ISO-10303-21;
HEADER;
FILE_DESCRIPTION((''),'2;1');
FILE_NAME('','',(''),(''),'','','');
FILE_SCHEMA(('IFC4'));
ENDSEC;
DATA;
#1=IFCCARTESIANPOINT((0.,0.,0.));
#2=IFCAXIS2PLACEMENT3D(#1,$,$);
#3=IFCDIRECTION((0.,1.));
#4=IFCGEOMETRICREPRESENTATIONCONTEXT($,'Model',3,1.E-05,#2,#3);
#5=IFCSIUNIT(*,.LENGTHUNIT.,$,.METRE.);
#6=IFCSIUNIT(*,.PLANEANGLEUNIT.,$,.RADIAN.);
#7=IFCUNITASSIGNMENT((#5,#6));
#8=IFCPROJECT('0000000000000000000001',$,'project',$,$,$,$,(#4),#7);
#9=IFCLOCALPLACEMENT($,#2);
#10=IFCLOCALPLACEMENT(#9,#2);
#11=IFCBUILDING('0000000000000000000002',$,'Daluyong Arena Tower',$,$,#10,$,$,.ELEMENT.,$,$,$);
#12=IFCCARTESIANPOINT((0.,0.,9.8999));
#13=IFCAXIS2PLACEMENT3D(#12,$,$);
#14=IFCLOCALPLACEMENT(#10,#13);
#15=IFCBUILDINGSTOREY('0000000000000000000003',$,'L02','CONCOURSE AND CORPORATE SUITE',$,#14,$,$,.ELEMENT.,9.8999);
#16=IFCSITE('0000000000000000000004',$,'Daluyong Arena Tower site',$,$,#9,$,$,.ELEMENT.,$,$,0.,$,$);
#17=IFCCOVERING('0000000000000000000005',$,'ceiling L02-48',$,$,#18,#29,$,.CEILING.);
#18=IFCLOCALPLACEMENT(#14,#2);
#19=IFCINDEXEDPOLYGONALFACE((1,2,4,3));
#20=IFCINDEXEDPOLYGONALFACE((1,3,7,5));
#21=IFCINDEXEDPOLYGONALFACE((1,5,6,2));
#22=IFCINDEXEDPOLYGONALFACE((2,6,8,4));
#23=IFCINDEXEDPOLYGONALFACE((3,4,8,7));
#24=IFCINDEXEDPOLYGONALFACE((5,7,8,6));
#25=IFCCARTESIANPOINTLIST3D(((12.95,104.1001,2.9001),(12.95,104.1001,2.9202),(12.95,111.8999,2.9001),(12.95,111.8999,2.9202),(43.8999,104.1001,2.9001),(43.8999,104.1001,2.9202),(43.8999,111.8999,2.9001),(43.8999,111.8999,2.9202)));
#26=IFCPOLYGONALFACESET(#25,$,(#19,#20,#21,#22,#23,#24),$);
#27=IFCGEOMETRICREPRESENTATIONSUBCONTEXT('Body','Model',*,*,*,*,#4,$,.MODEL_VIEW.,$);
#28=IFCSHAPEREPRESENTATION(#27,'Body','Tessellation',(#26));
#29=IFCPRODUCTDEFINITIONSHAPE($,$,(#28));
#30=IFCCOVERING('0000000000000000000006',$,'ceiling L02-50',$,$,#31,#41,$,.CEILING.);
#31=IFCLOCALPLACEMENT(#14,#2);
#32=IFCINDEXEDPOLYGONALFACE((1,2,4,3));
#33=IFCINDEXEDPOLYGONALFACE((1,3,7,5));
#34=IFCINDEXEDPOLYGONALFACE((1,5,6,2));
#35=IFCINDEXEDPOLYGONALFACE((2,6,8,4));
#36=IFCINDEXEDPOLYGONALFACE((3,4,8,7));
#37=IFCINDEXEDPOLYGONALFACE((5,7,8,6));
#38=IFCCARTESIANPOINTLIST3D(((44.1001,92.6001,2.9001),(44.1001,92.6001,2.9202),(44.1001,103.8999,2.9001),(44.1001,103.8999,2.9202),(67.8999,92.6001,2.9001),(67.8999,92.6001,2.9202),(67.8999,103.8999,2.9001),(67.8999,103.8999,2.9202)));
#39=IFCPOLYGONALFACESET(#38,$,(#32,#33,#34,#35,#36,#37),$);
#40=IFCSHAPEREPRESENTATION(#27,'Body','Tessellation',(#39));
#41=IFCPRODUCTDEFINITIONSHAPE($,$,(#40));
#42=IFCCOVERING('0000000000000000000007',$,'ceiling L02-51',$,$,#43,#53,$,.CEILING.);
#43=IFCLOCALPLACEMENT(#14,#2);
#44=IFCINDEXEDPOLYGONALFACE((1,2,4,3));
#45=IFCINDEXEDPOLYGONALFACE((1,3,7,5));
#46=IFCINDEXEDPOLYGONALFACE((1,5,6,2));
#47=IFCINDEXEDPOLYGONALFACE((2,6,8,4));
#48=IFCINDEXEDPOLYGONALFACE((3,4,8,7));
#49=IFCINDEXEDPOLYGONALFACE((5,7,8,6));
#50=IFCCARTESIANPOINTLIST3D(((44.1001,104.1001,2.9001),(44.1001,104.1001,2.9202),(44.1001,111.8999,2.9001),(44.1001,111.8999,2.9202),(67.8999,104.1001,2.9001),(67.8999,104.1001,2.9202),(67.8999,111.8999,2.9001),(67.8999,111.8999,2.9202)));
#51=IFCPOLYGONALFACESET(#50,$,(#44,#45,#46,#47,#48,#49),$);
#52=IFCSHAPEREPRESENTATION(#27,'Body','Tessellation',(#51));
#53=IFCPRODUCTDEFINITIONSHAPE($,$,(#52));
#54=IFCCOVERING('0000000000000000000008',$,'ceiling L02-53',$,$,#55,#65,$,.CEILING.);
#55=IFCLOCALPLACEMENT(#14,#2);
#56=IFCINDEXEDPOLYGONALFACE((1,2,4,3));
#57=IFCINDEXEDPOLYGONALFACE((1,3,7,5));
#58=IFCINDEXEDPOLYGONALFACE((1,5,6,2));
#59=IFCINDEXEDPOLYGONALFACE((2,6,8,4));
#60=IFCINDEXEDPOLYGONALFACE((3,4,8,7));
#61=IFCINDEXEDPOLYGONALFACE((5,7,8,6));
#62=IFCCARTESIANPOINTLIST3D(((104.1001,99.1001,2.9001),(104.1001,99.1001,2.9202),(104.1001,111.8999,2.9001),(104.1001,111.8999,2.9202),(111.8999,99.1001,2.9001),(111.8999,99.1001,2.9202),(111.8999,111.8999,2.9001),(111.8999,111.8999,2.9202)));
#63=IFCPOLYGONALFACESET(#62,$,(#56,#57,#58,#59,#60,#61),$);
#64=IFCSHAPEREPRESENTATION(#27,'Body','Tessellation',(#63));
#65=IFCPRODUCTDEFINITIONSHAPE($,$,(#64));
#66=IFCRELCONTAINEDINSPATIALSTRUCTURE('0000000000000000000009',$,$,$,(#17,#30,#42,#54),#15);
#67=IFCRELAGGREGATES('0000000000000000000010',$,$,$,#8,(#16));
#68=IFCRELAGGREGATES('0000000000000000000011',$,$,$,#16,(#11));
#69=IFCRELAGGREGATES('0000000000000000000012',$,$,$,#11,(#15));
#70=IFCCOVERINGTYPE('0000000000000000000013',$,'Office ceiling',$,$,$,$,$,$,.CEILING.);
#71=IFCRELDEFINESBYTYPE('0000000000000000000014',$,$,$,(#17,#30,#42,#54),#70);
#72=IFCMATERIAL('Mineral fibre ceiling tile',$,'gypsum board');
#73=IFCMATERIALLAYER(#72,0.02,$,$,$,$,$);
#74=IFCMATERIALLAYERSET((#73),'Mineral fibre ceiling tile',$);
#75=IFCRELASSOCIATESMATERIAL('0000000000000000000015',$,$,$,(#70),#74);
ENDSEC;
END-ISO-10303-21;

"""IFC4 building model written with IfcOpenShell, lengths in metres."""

from ifc_helpers import new_model, si_unit, direction, frame, origin, place, context, subcontext, project, spatial, polyline, outline, extrude, material, layer, layer_set, type_object, element, save


model = new_model("IFC4")

# Units and contexts
model_context = context("Model", 3, precision=1e-05, world=origin(), true_north=direction((0.0, 1.0)))
body_context = subcontext(model_context, "Body", "Model", "MODEL_VIEW")
ifc_project = project(units=[si_unit("LENGTHUNIT", "METRE"), si_unit("PLANEANGLEUNIT", "RADIAN")], contexts=[model_context])

# Site, building, storey
site_placement = place(None, origin())
site = spatial("IfcSite", under=ifc_project, at=site_placement, Name="Daluyong Arena Tower site", CompositionType="ELEMENT", RefElevation=0.0)
building_placement = place(site_placement, origin())
building = spatial("IfcBuilding", under=site, at=building_placement, Name="Daluyong Arena Tower", CompositionType="ELEMENT")
storey_placement = place(building_placement, frame((0.0, 0.0, 9.8999)))
storey = spatial("IfcBuildingStorey", under=building, at=storey_placement, Name="L02", Description="CONCOURSE AND CORPORATE SUITE", CompositionType="ELEMENT", Elevation=9.8999)

# Coverings
ifc_material_1 = material(Name="Mineral fibre ceiling tile", Category="gypsum board")
ifc_layer_1 = layer(ifc_material_1, 0.02)
ifc_layer_set_1 = layer_set([ifc_layer_1], Name="Mineral fibre ceiling tile")
covering_type = type_object("IfcCoveringType", Name="Office ceiling", PredefinedType="CEILING", material=ifc_layer_set_1)
covering_1_placement = place(storey_placement, frame((0.0, 0.0, 2.9001)))
element("IfcCovering", 1, at=covering_1_placement, inside=storey, type_object=covering_type, Name="ceiling L02-48", PredefinedType="CEILING", context=body_context, shape_type="SweptSolid", body=[
    extrude(outline(polyline([(43.8999, 104.1001), (43.8999, 111.8999), (12.95, 111.8999), (12.95, 104.1001), (43.8999, 104.1001)])), origin(), (0.0, 0.0, 1.0), 0.02),
])
covering_2_placement = place(storey_placement, frame((0.0, 0.0, 2.9001)))
element("IfcCovering", 2, at=covering_2_placement, inside=storey, type_object=covering_type, Name="ceiling L02-50", PredefinedType="CEILING", context=body_context, shape_type="SweptSolid", body=[
    extrude(outline(polyline([(67.8999, 92.6001), (67.8999, 103.8999), (44.1001, 103.8999), (44.1001, 92.6001), (67.8999, 92.6001)])), origin(), (0.0, 0.0, 1.0), 0.02),
])
covering_3_placement = place(storey_placement, frame((0.0, 0.0, 2.9001)))
element("IfcCovering", 3, at=covering_3_placement, inside=storey, type_object=covering_type, Name="ceiling L02-51", PredefinedType="CEILING", context=body_context, shape_type="SweptSolid", body=[
    extrude(outline(polyline([(67.8999, 104.1001), (67.8999, 111.8999), (44.1001, 111.8999), (44.1001, 104.1001), (67.8999, 104.1001)])), origin(), (0.0, 0.0, 1.0), 0.02),
])
covering_4_placement = place(storey_placement, frame((0.0, 0.0, 2.9001)))
element("IfcCovering", 4, at=covering_4_placement, inside=storey, type_object=covering_type, Name="ceiling L02-53", PredefinedType="CEILING", context=body_context, shape_type="SweptSolid", body=[
    extrude(outline(polyline([(111.8999, 99.1001), (111.8999, 111.8999), (104.1001, 111.8999), (104.1001, 99.1001), (111.8999, 99.1001)])), origin(), (0.0, 0.0, 1.0), 0.02),
])

save(model, "model.ifc")
